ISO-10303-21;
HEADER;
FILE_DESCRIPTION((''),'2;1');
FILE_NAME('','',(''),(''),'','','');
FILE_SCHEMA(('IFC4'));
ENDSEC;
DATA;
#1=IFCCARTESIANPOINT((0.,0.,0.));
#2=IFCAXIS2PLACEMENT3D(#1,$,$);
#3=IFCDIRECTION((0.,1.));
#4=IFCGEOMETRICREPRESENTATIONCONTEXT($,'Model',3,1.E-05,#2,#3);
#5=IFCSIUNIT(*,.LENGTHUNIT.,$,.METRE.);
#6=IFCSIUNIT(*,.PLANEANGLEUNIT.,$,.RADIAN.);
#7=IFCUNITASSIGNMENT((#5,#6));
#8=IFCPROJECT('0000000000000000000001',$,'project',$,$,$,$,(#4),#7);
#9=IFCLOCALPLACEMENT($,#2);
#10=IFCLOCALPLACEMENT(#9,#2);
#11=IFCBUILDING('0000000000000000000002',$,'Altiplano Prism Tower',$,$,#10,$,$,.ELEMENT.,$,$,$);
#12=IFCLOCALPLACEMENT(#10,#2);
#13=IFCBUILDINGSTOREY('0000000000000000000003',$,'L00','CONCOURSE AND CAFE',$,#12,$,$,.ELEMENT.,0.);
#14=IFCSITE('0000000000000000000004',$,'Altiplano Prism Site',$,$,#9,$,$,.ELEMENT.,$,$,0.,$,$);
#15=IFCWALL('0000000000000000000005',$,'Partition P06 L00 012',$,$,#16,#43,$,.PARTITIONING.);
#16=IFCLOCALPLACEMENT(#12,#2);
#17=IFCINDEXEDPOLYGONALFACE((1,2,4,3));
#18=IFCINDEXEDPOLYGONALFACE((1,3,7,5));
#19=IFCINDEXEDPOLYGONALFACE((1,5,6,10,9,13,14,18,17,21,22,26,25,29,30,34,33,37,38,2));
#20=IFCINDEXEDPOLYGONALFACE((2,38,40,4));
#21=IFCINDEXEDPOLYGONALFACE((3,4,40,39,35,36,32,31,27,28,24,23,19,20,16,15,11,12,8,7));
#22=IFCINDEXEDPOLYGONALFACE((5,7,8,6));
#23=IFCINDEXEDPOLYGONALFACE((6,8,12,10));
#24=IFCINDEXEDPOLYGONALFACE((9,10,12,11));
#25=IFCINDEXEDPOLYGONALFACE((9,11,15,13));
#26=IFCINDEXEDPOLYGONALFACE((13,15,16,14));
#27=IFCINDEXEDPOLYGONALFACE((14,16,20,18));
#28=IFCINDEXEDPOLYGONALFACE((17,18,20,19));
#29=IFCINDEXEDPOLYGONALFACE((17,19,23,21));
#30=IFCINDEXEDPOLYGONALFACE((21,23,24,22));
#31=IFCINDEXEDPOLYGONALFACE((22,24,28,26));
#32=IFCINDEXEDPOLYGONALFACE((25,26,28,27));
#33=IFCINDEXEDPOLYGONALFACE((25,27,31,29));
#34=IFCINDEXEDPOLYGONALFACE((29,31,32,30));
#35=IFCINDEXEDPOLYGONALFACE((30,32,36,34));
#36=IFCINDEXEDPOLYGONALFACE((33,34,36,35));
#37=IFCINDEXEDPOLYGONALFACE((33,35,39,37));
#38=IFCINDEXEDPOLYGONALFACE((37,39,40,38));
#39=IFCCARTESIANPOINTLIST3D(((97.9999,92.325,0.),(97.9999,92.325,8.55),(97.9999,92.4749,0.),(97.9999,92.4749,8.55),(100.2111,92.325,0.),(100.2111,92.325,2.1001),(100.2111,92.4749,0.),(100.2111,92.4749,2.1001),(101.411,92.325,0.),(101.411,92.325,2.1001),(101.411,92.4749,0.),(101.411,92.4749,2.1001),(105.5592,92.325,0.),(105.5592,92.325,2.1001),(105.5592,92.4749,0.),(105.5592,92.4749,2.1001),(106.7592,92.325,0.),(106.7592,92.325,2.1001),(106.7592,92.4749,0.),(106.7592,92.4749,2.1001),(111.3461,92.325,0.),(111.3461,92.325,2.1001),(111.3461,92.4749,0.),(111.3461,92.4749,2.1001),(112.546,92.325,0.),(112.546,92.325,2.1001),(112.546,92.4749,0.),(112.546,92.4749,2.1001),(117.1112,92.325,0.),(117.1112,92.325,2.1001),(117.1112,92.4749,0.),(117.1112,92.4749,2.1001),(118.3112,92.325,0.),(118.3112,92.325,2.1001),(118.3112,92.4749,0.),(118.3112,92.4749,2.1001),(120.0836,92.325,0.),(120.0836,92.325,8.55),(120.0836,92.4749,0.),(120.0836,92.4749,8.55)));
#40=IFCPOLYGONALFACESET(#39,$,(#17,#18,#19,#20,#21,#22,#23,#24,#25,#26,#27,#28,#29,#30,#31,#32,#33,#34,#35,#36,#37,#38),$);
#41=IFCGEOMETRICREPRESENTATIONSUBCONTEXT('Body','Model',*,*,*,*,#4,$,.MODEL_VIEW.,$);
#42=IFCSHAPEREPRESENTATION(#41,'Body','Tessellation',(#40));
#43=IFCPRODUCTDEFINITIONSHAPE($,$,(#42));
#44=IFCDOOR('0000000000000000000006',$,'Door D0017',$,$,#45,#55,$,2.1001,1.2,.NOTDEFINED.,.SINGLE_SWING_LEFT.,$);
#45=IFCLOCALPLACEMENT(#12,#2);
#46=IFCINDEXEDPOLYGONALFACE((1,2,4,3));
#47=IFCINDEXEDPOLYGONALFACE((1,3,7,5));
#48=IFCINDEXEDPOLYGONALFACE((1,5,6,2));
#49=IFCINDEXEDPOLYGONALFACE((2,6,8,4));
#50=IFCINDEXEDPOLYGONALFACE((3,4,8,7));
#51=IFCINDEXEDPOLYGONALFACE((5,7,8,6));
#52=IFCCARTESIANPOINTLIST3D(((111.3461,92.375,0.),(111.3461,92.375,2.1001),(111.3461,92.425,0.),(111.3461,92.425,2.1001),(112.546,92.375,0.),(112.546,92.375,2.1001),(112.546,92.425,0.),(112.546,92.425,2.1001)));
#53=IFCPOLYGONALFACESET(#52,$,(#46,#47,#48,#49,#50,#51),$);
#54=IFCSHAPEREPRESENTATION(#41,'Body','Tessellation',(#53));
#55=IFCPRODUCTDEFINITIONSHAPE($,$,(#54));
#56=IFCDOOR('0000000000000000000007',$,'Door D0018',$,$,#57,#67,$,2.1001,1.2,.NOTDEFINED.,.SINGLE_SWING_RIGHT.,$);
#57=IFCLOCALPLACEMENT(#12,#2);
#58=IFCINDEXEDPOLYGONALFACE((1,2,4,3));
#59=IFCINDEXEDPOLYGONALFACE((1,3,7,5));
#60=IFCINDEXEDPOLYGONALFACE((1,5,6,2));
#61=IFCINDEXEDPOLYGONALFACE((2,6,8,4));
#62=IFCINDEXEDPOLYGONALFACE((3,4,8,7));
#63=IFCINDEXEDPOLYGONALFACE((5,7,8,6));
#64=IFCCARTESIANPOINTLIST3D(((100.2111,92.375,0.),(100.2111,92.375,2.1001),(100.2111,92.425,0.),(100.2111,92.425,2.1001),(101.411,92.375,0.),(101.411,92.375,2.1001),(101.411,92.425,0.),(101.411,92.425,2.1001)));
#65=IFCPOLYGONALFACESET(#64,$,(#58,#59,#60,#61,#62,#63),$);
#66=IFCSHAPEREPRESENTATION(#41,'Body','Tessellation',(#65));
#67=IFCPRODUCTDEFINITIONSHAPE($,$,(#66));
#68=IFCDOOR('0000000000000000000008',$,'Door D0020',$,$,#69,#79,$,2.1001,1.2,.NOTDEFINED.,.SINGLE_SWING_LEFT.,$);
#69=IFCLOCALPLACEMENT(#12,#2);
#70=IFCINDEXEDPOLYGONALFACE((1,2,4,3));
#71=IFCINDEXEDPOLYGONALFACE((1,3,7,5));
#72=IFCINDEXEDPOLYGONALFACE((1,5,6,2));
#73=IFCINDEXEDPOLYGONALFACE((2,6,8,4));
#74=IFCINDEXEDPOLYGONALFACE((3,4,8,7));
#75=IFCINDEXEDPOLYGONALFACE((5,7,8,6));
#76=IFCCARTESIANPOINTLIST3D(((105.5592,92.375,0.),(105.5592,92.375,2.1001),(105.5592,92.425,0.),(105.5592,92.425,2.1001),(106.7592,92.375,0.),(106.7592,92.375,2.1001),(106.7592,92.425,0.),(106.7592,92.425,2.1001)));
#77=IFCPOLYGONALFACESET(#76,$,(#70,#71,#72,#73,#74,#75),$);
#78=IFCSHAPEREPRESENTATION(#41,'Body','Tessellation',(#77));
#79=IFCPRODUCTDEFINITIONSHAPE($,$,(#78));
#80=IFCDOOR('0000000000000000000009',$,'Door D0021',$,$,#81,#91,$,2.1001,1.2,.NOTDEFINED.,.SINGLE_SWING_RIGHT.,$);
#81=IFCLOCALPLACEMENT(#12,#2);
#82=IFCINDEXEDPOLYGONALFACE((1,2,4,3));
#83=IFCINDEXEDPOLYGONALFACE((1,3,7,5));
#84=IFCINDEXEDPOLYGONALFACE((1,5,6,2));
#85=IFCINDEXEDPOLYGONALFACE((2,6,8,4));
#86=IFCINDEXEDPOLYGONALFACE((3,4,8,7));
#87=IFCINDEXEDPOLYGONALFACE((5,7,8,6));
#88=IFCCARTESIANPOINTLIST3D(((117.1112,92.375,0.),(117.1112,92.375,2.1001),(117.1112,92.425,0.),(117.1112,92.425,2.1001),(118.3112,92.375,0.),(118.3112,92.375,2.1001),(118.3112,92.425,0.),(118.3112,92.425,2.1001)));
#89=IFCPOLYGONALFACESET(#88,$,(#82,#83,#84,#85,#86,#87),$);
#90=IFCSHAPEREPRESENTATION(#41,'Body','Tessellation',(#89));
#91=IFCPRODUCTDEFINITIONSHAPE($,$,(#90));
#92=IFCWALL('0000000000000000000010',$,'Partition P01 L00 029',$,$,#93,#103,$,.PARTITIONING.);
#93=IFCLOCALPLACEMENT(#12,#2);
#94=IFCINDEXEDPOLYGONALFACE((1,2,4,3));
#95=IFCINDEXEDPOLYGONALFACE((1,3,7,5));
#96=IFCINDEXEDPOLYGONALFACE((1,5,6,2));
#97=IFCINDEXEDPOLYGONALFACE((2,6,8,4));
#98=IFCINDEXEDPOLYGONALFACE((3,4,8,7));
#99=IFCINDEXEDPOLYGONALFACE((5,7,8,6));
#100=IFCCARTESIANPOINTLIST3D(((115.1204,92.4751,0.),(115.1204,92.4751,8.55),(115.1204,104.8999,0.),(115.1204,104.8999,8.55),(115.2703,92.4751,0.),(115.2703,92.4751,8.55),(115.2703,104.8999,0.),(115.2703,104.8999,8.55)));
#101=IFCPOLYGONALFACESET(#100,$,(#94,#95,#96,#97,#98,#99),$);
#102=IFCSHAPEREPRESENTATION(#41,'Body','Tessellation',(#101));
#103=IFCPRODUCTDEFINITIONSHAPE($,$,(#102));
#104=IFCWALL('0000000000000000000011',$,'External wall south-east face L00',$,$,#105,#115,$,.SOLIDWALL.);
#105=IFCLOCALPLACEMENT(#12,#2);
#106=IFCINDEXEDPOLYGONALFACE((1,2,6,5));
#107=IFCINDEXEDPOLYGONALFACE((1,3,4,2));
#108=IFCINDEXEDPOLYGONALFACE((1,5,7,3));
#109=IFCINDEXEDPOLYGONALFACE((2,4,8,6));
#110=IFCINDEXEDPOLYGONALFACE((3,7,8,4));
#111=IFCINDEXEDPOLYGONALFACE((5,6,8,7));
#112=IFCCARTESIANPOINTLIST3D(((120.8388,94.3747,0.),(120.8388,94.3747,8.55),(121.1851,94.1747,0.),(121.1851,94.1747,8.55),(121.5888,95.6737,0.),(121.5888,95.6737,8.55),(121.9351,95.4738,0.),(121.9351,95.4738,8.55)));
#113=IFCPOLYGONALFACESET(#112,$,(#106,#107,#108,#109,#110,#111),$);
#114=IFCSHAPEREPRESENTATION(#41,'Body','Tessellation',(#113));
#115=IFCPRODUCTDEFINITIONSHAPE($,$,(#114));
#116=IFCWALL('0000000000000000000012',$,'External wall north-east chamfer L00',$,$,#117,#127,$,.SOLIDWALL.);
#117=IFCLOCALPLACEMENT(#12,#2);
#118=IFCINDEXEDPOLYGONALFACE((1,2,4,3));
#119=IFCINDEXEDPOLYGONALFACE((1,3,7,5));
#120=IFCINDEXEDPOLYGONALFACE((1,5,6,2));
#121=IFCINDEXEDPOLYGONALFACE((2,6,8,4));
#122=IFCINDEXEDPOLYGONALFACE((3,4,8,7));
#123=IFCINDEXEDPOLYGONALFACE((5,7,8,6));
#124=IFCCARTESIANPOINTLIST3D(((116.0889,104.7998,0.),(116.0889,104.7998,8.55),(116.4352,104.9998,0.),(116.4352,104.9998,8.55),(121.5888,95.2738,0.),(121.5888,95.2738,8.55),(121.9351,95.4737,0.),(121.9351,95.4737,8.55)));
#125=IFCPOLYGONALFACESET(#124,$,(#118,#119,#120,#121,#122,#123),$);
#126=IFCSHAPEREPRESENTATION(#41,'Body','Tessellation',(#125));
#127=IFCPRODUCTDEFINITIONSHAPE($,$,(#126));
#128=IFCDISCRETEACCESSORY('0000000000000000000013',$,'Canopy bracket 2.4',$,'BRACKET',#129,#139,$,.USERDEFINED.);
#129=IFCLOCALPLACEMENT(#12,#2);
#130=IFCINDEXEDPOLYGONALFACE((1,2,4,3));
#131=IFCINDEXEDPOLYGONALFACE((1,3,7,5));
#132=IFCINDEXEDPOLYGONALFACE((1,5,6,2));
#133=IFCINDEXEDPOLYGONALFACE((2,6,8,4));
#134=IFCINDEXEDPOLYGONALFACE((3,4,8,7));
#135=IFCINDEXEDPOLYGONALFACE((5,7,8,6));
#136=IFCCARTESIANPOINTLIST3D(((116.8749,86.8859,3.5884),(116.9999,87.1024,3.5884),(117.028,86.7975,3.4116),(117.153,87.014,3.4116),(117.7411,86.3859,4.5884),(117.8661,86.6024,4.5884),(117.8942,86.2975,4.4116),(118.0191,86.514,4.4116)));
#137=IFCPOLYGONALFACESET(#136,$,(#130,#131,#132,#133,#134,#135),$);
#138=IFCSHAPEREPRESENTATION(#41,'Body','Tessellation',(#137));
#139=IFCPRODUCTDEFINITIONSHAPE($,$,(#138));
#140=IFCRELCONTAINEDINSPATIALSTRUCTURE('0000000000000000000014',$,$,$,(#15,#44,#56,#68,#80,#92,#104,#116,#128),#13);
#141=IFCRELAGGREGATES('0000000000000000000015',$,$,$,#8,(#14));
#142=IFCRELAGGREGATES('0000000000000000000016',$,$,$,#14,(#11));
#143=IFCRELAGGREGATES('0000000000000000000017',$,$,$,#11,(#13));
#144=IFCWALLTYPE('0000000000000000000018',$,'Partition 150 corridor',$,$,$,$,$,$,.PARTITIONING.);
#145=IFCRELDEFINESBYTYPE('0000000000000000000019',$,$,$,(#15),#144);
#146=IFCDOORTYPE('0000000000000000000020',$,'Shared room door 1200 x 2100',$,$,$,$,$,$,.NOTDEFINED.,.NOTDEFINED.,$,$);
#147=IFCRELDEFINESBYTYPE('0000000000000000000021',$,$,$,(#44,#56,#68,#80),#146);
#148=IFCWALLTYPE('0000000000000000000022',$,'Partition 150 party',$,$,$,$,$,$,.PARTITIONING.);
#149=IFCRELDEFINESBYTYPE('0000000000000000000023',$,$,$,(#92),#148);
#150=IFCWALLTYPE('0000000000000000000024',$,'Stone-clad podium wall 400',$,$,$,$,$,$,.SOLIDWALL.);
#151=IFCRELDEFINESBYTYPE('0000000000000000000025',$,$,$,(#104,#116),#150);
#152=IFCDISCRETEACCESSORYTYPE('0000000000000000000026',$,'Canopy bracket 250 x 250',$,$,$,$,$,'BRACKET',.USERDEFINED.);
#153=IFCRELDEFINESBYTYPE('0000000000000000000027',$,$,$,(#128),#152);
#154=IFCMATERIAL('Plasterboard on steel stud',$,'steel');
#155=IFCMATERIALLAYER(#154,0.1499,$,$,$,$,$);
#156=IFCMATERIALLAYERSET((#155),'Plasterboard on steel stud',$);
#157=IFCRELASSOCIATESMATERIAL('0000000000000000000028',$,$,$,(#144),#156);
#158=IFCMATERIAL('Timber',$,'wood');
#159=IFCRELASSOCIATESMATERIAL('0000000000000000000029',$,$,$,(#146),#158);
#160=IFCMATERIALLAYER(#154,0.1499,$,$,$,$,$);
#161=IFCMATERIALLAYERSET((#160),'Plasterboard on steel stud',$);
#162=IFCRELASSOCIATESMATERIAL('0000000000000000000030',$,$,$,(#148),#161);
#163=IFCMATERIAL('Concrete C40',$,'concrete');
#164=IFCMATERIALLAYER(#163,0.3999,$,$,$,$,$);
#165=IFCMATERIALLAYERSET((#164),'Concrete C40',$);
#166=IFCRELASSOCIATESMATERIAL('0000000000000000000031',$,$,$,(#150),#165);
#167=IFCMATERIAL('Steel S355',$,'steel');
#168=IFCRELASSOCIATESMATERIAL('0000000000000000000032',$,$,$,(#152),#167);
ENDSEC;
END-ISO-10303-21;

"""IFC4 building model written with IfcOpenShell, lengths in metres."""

from ifc_helpers import new_model, si_unit, direction, frame, frame_2d, origin, origin_2d, place, context, subcontext, project, spatial, rectangle, extrude, material, layer, layer_set, material_profile, profile_set, type_object, element, fill, save


model = new_model("IFC4")

# Units and contexts
model_context = context("Model", 3, precision=1e-05, world=origin(), true_north=direction((0.0, 1.0)))
body_context = subcontext(model_context, "Body", "Model", "MODEL_VIEW")
ifc_project = project(units=[si_unit("LENGTHUNIT", "METRE"), si_unit("PLANEANGLEUNIT", "RADIAN")], contexts=[model_context])

# Site, building, storey
site_placement = place(None, origin())
site = spatial("IfcSite", under=ifc_project, at=site_placement, Name="Altiplano Prism Site", CompositionType="ELEMENT", RefElevation=0.0)
building_placement = place(site_placement, origin())
building = spatial("IfcBuilding", under=site, at=building_placement, Name="Altiplano Prism Tower", CompositionType="ELEMENT")
storey_placement = place(building_placement, origin())
storey = spatial("IfcBuildingStorey", under=building, at=storey_placement, Name="L00", Description="CONCOURSE AND CAFE", CompositionType="ELEMENT", Elevation=0.0)

# Wall, openings, doors
ifc_material_1 = material(Name="Plasterboard on steel stud", Category="steel")
ifc_layer_1 = layer(ifc_material_1, 0.1499)
ifc_layer_set_1 = layer_set([ifc_layer_1], Name="Plasterboard on steel stud")
wall_type_1 = type_object("IfcWallType", Name="Partition 150 corridor", PredefinedType="PARTITIONING", material=ifc_layer_set_1)
wall_1_placement = place(storey_placement, frame((120.0837, 92.3999, 0.0), z_axis=(0.0, 0.0, 1.0), x_axis=(-1.0, 0.0, 0.0)))
wall_1 = element("IfcWall", 1, at=wall_1_placement, inside=storey, type_object=wall_type_1, Name="Partition P06 L00 012", PredefinedType="PARTITIONING", context=body_context, shape_type="SweptSolid", body=[
    extrude(rectangle(XDim=22.0837, YDim=0.1499, at=frame_2d((11.042, 0.0))), origin(), (0.0, 0.0, 1.0), 8.55),
])
opening_1_placement = place(wall_1_placement, frame((7.5376, 0.0, 0.0)))
opening_1 = element("IfcOpeningElement", 2, at=opening_1_placement, cuts=wall_1, PredefinedType="OPENING", context=body_context, shape_type="SweptSolid", body=[
    extrude(rectangle(XDim=1.2, YDim=2.1001, at=frame_2d((0.6001, 1.05))), frame((0.0, 0.0854, 0.0), z_axis=(0.0, -1.0, 0.0), x_axis=(1.0, 0.0, 0.0)), (0.0, 0.0, 1.0), 0.1709),
])
opening_2_placement = place(wall_1_placement, frame((18.6726, 0.0, 0.0)))
opening_2 = element("IfcOpeningElement", 3, at=opening_2_placement, cuts=wall_1, PredefinedType="OPENING", context=body_context, shape_type="SweptSolid", body=[
    extrude(rectangle(XDim=1.2, YDim=2.1001, at=frame_2d((0.6001, 1.05))), frame((0.0, 0.0854, 0.0), z_axis=(0.0, -1.0, 0.0), x_axis=(1.0, 0.0, 0.0)), (0.0, 0.0, 1.0), 0.1709),
])
opening_3_placement = place(wall_1_placement, frame((13.3245, 0.0, 0.0)))
opening_3 = element("IfcOpeningElement", 4, at=opening_3_placement, cuts=wall_1, PredefinedType="OPENING", context=body_context, shape_type="SweptSolid", body=[
    extrude(rectangle(XDim=1.2, YDim=2.1001, at=frame_2d((0.6001, 1.05))), frame((0.0, 0.0854, 0.0), z_axis=(0.0, -1.0, 0.0), x_axis=(1.0, 0.0, 0.0)), (0.0, 0.0, 1.0), 0.1709),
])
opening_4_placement = place(wall_1_placement, frame((1.7725, 0.0, 0.0)))
opening_4 = element("IfcOpeningElement", 5, at=opening_4_placement, cuts=wall_1, PredefinedType="OPENING", context=body_context, shape_type="SweptSolid", body=[
    extrude(rectangle(XDim=1.2, YDim=2.1001, at=frame_2d((0.6001, 1.05))), frame((0.0, 0.0854, 0.0), z_axis=(0.0, -1.0, 0.0), x_axis=(1.0, 0.0, 0.0)), (0.0, 0.0, 1.0), 0.1709),
])
ifc_material_2 = material(Name="Timber", Category="wood")
door_type_1 = type_object("IfcDoorType", Name="Shared room door 1200 x 2100", OperationType="NOTDEFINED", PredefinedType="NOTDEFINED", material=ifc_material_2)
door_1_placement = place(opening_1_placement, origin())
door_1 = element("IfcDoor", 6, at=door_1_placement, inside=storey, type_object=door_type_1, Name="Door D0017", OperationType="SINGLE_SWING_LEFT", OverallHeight=2.1001, OverallWidth=1.2, PredefinedType="NOTDEFINED", context=body_context, shape_type="SweptSolid", body=[
    extrude(rectangle(XDim=1.2, YDim=2.1001, at=frame_2d((0.6001, 1.05))), frame((0.0, 0.0249, 0.0), z_axis=(0.0, -1.0, 0.0), x_axis=(1.0, 0.0, 0.0)), (0.0, 0.0, 1.0), 0.05),
])
fill(opening_1, door_1)
door_2_placement = place(opening_2_placement, origin())
door_2 = element("IfcDoor", 7, at=door_2_placement, inside=storey, type_object=door_type_1, Name="Door D0018", OperationType="SINGLE_SWING_RIGHT", OverallHeight=2.1001, OverallWidth=1.2, PredefinedType="NOTDEFINED", context=body_context, shape_type="SweptSolid", body=[
    extrude(rectangle(XDim=1.2, YDim=2.1001, at=frame_2d((0.6001, 1.05))), frame((0.0, 0.0249, 0.0), z_axis=(0.0, -1.0, 0.0), x_axis=(1.0, 0.0, 0.0)), (0.0, 0.0, 1.0), 0.05),
])
fill(opening_2, door_2)
door_3_placement = place(opening_3_placement, origin())
door_3 = element("IfcDoor", 8, at=door_3_placement, inside=storey, type_object=door_type_1, Name="Door D0020", OperationType="SINGLE_SWING_LEFT", OverallHeight=2.1001, OverallWidth=1.2, PredefinedType="NOTDEFINED", context=body_context, shape_type="SweptSolid", body=[
    extrude(rectangle(XDim=1.2, YDim=2.1001, at=frame_2d((0.6001, 1.05))), frame((0.0, 0.0249, 0.0), z_axis=(0.0, -1.0, 0.0), x_axis=(1.0, 0.0, 0.0)), (0.0, 0.0, 1.0), 0.05),
])
fill(opening_3, door_3)
door_4_placement = place(opening_4_placement, origin())
door_4 = element("IfcDoor", 9, at=door_4_placement, inside=storey, type_object=door_type_1, Name="Door D0021", OperationType="SINGLE_SWING_RIGHT", OverallHeight=2.1001, OverallWidth=1.2, PredefinedType="NOTDEFINED", context=body_context, shape_type="SweptSolid", body=[
    extrude(rectangle(XDim=1.2, YDim=2.1001, at=frame_2d((0.6001, 1.05))), frame((0.0, 0.0249, 0.0), z_axis=(0.0, -1.0, 0.0), x_axis=(1.0, 0.0, 0.0)), (0.0, 0.0, 1.0), 0.05),
])
fill(opening_4, door_4)

# Wall
ifc_layer_2 = layer(ifc_material_1, 0.1499)
ifc_layer_set_2 = layer_set([ifc_layer_2], Name="Plasterboard on steel stud")
wall_type_2 = type_object("IfcWallType", Name="Partition 150 party", PredefinedType="PARTITIONING", material=ifc_layer_set_2)
wall_2_placement = place(storey_placement, frame((115.1953, 92.4751, 0.0), z_axis=(0.0, 0.0, 1.0), x_axis=(0.0, 1.0, 0.0)))
element("IfcWall", 10, at=wall_2_placement, inside=storey, type_object=wall_type_2, Name="Partition P01 L00 029", PredefinedType="PARTITIONING", context=body_context, shape_type="SweptSolid", body=[
    extrude(rectangle(XDim=12.4248, YDim=0.1499, at=frame_2d((6.2124, 0.0))), origin(), (0.0, 0.0, 1.0), 8.55),
])

# Shared definitions
ifc_material_3 = material(Name="Concrete C40", Category="concrete")
ifc_layer_3 = layer(ifc_material_3, 0.3999)
ifc_layer_set_3 = layer_set([ifc_layer_3], Name="Concrete C40")
wall_type_3 = type_object("IfcWallType", Name="Stone-clad podium wall 400", PredefinedType="SOLIDWALL", material=ifc_layer_set_3)

# Walls
wall_3_placement = place(storey_placement, frame((121.762, 95.5737, 0.0), z_axis=(0.0, 0.0, 1.0), x_axis=(-0.49999, -0.866031, 0.0)))
element("IfcWall", 11, at=wall_3_placement, inside=storey, type_object=wall_type_3, Name="External wall south-east face L00", PredefinedType="SOLIDWALL", context=body_context, shape_type="SweptSolid", body=[
    extrude(rectangle(XDim=1.5, YDim=0.3999, at=frame_2d((0.75, 0.0))), origin(), (0.0, 0.0, 1.0), 8.55),
])
wall_4_placement = place(storey_placement, frame((116.262, 104.8999, 0.0), z_axis=(0.0, 0.0, 1.0), x_axis=(0.500006, -0.866022, 0.0)))
element("IfcWall", 12, at=wall_4_placement, inside=storey, type_object=wall_type_3, Name="External wall north-east chamfer L00", PredefinedType="SOLIDWALL", context=body_context, shape_type="SweptSolid", body=[
    extrude(rectangle(XDim=10.9998, YDim=0.3999, at=frame_2d((5.5, 0.0))), origin(), (0.0, 0.0, 1.0), 8.55),
])

# Discrete accessory
ifc_material_4 = material(Name="Steel S355", Category="steel")
ifc_material_profile_1 = material_profile(ifc_material_4, rectangle(XDim=0.25, YDim=0.25, at=origin_2d()), Name="Canopy bracket 250 x 250")
ifc_profile_set_1 = profile_set([ifc_material_profile_1], Name="Steel S355")
discrete_accessory_type = type_object("IfcDiscreteAccessoryType", Name="Canopy bracket 250 x 250", ElementType="BRACKET", PredefinedType="USERDEFINED", material=ifc_profile_set_1)
discrete_accessory_placement = place(storey_placement, frame((117.0139, 86.95, 3.5), z_axis=(0.612454, -0.353525, 0.70705), x_axis=(0.49992, 0.866072, 0.0)))
element("IfcDiscreteAccessory", 13, at=discrete_accessory_placement, inside=storey, type_object=discrete_accessory_type, Name="Canopy bracket 2.4", ObjectType="BRACKET", PredefinedType="USERDEFINED", context=body_context, shape_type="SweptSolid", body=[
    extrude(rectangle(XDim=0.25, YDim=0.25, at=origin_2d()), origin(), (0.0, 0.0, 1.0), 1.4143),
])

save(model, "model.ifc")
